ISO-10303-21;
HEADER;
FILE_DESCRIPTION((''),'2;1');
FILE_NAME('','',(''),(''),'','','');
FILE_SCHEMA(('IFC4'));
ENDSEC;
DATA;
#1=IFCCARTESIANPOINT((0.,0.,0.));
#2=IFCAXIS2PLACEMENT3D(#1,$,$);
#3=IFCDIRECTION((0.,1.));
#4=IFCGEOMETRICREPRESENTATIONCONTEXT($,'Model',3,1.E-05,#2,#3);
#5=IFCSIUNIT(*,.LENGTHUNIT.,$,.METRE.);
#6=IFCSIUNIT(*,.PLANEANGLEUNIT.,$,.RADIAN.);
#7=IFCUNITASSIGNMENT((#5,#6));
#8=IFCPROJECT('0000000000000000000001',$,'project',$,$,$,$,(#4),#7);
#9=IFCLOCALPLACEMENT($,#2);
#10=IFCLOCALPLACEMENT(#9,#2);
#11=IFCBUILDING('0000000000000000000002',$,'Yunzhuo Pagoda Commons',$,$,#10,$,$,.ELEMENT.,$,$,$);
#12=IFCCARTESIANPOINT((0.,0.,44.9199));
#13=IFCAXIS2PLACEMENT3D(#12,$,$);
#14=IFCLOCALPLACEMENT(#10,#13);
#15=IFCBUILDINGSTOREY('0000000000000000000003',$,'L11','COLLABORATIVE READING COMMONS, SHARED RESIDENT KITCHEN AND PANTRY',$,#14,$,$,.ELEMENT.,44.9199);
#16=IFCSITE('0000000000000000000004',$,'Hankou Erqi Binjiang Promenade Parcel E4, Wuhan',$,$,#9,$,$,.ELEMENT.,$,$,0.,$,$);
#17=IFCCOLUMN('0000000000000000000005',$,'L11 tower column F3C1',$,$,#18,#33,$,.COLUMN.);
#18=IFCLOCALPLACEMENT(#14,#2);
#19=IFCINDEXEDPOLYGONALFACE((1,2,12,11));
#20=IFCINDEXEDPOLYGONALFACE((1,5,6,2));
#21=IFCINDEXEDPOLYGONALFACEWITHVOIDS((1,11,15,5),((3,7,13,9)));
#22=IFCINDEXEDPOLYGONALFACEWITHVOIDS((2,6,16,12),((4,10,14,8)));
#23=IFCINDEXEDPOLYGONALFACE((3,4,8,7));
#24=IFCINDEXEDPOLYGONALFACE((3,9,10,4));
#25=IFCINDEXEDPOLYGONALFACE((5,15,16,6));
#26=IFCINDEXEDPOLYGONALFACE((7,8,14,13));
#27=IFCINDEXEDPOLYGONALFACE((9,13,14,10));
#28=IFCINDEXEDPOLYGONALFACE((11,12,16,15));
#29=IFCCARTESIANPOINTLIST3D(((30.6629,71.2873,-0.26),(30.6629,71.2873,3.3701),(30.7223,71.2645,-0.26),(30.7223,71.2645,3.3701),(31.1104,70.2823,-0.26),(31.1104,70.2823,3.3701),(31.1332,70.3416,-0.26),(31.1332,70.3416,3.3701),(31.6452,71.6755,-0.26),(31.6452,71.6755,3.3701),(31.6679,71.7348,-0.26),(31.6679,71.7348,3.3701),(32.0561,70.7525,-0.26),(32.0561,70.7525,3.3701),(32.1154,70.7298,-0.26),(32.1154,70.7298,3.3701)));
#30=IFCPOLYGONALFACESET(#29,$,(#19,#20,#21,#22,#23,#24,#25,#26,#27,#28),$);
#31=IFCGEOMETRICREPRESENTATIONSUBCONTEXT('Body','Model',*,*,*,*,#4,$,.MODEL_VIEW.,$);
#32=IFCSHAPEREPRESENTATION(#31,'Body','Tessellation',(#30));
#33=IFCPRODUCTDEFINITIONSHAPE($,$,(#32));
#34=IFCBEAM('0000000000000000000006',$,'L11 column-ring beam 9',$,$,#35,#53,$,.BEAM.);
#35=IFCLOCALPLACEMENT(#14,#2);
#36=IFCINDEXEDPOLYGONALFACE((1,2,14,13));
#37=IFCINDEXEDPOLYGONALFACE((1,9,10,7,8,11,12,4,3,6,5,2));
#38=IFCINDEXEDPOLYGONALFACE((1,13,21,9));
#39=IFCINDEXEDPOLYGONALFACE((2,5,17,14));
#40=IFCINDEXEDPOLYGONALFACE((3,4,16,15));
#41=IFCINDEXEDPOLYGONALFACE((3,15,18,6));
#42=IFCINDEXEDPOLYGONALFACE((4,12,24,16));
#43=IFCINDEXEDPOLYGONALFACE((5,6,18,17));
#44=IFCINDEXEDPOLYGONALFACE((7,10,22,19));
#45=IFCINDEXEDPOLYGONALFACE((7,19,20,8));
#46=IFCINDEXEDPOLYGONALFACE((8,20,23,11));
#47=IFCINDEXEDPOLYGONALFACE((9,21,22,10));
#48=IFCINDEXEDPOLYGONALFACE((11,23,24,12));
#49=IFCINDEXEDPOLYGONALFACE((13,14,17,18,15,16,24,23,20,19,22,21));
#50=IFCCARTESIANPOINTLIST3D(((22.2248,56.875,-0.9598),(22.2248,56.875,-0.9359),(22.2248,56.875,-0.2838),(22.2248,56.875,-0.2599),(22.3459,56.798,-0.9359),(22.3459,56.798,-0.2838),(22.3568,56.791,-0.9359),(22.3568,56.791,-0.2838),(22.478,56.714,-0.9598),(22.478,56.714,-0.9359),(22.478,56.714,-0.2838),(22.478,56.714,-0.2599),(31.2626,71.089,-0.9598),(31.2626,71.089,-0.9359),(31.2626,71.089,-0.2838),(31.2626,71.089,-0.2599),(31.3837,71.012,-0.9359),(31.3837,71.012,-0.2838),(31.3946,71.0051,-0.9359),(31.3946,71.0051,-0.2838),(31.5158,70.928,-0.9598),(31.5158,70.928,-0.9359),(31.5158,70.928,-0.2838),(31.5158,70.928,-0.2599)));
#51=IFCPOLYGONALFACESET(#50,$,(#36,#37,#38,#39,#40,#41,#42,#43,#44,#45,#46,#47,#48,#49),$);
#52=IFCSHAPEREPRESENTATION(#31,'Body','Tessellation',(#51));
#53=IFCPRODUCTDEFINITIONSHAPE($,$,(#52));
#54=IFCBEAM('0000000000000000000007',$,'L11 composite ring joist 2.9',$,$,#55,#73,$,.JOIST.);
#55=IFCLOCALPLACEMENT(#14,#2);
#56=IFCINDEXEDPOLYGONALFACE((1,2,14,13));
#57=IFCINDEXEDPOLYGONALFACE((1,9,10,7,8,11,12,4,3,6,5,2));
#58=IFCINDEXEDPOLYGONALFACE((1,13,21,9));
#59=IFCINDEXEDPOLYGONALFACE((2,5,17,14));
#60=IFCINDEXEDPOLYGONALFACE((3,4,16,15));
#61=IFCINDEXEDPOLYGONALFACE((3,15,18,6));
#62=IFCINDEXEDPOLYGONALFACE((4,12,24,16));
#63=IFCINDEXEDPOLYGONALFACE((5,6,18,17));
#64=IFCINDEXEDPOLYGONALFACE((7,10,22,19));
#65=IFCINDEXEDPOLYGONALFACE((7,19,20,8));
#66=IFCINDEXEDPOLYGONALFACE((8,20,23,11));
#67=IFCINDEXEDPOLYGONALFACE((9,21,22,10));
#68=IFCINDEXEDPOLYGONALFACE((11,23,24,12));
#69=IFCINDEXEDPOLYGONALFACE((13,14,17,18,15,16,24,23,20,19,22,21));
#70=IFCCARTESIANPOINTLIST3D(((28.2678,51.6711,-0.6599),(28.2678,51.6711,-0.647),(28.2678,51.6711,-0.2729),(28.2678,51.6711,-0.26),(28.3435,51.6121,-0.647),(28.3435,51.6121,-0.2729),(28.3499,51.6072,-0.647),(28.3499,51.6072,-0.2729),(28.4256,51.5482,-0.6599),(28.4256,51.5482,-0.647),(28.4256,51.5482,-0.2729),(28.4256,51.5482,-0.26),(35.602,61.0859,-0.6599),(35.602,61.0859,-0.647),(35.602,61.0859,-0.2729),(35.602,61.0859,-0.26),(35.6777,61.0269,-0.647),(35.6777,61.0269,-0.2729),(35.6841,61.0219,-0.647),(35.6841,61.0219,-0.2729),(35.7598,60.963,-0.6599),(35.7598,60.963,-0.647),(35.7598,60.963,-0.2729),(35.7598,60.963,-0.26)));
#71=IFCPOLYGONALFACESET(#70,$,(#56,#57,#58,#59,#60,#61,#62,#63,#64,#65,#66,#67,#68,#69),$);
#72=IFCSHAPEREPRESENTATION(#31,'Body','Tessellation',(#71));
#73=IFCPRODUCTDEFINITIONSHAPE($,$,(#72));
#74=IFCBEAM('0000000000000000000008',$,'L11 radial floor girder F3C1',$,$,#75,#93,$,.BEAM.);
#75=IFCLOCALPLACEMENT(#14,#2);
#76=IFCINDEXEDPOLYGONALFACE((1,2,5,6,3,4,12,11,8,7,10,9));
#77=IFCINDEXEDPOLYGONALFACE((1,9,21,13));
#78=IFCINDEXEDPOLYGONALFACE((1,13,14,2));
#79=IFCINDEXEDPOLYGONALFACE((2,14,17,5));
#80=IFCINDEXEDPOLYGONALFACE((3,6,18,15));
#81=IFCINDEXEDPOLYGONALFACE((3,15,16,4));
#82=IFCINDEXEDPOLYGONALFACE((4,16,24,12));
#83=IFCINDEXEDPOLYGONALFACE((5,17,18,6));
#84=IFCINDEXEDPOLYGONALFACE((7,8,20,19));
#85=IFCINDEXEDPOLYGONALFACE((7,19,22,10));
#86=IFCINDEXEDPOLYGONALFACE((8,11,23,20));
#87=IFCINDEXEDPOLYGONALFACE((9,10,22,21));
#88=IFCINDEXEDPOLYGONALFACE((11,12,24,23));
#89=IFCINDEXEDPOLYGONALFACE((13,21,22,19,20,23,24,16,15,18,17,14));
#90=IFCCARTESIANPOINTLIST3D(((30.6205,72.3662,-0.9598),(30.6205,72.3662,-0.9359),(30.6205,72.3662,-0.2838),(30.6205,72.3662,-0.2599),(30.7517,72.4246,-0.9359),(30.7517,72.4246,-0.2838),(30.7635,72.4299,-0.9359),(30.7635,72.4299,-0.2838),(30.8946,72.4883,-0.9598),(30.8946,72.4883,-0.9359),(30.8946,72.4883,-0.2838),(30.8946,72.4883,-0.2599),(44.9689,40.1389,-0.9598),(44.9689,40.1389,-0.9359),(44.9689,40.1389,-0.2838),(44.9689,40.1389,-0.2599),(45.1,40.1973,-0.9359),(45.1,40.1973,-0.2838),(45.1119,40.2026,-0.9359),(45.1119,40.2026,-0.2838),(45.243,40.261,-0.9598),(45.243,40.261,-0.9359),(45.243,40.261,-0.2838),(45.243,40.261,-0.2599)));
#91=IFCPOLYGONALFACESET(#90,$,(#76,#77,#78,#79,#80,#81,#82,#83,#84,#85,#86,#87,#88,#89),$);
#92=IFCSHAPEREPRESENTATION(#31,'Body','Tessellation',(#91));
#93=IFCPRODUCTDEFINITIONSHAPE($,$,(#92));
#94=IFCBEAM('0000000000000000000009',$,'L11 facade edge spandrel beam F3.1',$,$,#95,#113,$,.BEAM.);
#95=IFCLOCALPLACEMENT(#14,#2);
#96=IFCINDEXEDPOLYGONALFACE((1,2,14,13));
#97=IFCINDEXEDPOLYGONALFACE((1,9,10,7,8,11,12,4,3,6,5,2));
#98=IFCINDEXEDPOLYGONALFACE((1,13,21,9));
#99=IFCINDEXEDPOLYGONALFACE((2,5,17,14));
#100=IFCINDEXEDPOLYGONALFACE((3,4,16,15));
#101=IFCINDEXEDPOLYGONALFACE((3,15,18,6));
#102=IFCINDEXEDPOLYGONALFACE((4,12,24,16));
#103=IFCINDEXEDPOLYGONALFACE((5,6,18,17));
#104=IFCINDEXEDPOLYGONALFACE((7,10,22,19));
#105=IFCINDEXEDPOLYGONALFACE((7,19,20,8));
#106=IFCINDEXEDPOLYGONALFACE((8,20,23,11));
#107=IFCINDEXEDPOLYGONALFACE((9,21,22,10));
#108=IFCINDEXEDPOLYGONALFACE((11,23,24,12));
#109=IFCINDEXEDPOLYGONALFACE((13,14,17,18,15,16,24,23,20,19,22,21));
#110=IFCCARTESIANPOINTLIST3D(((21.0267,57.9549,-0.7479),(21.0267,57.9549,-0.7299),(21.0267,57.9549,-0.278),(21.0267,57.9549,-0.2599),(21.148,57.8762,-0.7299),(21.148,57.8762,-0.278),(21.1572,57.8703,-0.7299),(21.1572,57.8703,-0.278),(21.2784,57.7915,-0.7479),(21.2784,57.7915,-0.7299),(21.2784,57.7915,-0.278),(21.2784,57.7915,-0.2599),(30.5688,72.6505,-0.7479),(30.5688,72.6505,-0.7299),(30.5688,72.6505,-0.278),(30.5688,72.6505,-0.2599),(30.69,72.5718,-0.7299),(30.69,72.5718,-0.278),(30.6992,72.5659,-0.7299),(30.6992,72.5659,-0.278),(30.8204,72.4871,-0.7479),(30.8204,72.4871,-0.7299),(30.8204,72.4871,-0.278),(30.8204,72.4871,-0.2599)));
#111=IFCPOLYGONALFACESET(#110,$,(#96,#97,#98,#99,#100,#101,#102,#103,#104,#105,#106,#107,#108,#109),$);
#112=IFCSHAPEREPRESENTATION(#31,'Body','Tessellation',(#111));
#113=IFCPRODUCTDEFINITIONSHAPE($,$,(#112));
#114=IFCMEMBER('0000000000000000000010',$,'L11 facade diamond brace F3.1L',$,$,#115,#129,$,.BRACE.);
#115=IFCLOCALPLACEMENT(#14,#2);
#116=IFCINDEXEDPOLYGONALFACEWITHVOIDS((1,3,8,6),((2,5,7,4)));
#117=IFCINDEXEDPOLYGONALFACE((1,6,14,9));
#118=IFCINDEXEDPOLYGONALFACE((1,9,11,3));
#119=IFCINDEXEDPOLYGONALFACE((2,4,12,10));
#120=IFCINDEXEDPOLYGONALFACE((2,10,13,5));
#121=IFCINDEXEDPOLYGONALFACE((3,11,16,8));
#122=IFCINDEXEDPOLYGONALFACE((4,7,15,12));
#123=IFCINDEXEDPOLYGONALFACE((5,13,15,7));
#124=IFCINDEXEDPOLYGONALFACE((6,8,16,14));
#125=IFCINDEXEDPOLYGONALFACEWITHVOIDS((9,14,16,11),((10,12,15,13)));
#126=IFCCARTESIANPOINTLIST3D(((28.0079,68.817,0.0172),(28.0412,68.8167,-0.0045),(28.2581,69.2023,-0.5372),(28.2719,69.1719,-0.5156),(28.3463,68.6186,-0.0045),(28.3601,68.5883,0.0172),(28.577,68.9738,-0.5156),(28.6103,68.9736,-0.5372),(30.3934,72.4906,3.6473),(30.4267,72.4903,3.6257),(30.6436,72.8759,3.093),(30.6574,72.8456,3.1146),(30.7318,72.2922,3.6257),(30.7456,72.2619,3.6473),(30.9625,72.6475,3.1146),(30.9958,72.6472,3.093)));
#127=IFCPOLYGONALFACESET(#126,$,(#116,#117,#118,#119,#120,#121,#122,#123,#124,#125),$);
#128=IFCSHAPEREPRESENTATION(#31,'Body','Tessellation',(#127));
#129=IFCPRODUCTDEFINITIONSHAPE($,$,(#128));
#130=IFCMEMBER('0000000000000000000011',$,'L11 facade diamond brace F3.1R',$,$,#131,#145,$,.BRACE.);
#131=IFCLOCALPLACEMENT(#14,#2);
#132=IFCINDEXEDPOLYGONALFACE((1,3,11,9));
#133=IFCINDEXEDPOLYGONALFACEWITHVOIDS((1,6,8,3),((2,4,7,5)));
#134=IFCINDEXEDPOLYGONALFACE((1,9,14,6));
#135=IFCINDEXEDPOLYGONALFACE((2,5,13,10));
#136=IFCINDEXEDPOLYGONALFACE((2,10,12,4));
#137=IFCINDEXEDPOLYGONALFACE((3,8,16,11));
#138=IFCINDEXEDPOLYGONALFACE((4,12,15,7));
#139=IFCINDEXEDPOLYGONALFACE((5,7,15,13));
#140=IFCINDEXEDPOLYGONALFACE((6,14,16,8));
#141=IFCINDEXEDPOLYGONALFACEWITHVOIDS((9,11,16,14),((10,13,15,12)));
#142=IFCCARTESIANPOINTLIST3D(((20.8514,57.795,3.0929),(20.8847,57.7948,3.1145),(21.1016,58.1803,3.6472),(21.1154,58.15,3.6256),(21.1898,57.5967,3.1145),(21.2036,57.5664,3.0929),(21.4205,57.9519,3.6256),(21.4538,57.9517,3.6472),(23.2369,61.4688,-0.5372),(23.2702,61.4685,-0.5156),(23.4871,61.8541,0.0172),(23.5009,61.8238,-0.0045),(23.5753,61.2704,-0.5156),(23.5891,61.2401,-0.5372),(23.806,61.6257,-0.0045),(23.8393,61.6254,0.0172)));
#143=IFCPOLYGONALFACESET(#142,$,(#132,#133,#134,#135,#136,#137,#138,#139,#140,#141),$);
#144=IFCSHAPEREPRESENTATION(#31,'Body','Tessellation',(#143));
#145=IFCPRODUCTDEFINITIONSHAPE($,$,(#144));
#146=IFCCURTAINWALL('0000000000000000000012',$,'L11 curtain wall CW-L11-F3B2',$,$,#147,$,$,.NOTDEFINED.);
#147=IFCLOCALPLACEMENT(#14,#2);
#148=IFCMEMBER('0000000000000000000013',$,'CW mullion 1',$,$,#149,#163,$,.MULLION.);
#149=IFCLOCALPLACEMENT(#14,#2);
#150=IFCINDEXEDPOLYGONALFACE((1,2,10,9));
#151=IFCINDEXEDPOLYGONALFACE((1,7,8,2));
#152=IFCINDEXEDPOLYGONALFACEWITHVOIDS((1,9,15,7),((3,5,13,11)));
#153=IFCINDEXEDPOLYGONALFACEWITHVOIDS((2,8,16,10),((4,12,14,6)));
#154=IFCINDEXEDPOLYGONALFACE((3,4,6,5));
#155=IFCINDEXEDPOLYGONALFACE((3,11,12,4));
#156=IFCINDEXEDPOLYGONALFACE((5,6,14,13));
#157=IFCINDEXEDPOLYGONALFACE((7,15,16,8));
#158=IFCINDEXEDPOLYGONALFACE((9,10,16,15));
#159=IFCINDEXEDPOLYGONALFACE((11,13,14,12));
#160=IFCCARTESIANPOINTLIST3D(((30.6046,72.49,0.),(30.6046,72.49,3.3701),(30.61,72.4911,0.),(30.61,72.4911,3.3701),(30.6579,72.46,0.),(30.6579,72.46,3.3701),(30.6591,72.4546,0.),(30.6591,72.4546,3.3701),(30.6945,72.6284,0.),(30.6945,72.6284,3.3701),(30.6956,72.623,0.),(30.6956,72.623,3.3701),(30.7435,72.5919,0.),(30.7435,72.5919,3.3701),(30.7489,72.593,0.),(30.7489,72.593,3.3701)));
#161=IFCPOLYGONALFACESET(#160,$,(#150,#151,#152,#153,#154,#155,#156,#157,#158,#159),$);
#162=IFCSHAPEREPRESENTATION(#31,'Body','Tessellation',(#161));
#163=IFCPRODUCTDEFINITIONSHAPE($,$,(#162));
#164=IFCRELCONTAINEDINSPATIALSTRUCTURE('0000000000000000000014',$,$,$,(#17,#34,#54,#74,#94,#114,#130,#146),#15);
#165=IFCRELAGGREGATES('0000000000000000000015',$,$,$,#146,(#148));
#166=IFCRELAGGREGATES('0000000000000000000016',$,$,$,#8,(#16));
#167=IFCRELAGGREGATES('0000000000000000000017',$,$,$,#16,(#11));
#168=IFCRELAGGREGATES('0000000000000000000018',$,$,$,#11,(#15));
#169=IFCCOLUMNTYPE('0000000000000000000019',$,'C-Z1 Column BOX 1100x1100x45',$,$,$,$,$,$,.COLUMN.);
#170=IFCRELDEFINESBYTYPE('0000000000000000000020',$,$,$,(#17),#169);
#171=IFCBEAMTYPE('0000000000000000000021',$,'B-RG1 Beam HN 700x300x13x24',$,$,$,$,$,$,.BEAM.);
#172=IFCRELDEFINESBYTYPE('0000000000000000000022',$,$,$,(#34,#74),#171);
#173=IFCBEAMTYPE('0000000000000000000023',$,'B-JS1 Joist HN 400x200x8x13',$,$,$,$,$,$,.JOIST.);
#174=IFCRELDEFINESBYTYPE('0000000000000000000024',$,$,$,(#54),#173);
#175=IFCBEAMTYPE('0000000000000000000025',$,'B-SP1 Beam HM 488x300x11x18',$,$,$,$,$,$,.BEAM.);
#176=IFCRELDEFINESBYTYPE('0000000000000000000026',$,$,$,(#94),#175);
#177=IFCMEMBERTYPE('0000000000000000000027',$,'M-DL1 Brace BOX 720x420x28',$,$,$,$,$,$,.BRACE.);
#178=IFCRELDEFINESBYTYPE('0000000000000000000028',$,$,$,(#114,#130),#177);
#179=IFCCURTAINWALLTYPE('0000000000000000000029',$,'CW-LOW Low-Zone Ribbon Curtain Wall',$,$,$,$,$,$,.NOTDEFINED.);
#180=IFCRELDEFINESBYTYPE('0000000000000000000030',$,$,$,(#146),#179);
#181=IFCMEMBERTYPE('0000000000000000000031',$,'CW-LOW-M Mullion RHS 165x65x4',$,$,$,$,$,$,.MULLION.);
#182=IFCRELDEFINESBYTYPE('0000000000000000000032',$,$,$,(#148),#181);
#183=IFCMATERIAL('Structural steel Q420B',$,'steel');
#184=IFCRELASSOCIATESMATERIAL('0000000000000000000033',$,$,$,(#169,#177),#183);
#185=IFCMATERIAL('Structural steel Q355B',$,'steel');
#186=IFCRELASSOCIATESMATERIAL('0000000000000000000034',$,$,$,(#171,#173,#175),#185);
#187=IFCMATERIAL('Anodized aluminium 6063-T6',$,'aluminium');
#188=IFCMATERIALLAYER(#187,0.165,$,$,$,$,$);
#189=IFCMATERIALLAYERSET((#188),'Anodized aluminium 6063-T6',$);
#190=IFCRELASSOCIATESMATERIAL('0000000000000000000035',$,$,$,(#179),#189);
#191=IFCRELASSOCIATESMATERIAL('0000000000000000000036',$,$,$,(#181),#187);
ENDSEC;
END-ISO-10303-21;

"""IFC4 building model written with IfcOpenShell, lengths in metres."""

from ifc_helpers import new_model, si_unit, direction, frame, origin, origin_2d, place, context, subcontext, project, spatial, hollow_rectangle, i_section, extrude, source, transform, mapped, material, layer, layer_set, material_profile, profile_set, type_object, element, aggregate, save


model = new_model("IFC4")

# Units and contexts
model_context = context("Model", 3, precision=1e-05, world=origin(), true_north=direction((0.0, 1.0)))
body_context = subcontext(model_context, "Body", "Model", "MODEL_VIEW")
ifc_project = project(units=[si_unit("LENGTHUNIT", "METRE"), si_unit("PLANEANGLEUNIT", "RADIAN")], contexts=[model_context])

# Site, building, storey
site_placement = place(None, origin())
site = spatial("IfcSite", under=ifc_project, at=site_placement, Name="Hankou Erqi Binjiang Promenade Parcel E4, Wuhan", CompositionType="ELEMENT", RefElevation=0.0)
building_placement = place(site_placement, origin())
building = spatial("IfcBuilding", under=site, at=building_placement, Name="Yunzhuo Pagoda Commons", CompositionType="ELEMENT")
storey_placement = place(building_placement, frame((0.0, 0.0, 44.9199)))
storey = spatial("IfcBuildingStorey", under=building, at=storey_placement, Name="L11", Description="COLLABORATIVE READING COMMONS, SHARED RESIDENT KITCHEN AND PANTRY", CompositionType="ELEMENT", Elevation=44.9199)

# Column
ifc_material_1 = material(Name="Structural steel Q420B", Category="steel")
ifc_material_profile_1 = material_profile(ifc_material_1, hollow_rectangle(XDim=1.1001, YDim=1.1001, WallThickness=0.0449, at=origin_2d()), Name="Structural steel Q420B")
ifc_profile_set_1 = profile_set([ifc_material_profile_1], Name="Structural steel Q420B")
column_type = type_object("IfcColumnType", Name="C-Z1 Column BOX 1100x1100x45", PredefinedType="COLUMN", material=ifc_profile_set_1)
shared_shape_1 = source(origin(), body_context, "Body", "SweptSolid", [
    extrude(hollow_rectangle(XDim=1.1001, YDim=1.1001, WallThickness=0.0449, at=origin_2d()), origin(), (0.0, 0.0, 1.0), 3.6301),
])
column_placement = place(storey_placement, frame((31.3892, 71.0085, -0.26), z_axis=(0.0, 0.0, 1.0), x_axis=(-0.913545, -0.406737, 0.0)))
element("IfcColumn", 1, at=column_placement, inside=storey, type_object=column_type, Name="L11 tower column F3C1", PredefinedType="COLUMN", context=body_context, shape_type="MappedRepresentation", body=[
    mapped(shared_shape_1, transform((0.0, 0.0, 0.0), scale=1.0)),
])

# Beams
ifc_material_2 = material(Name="Structural steel Q355B", Category="steel")
ifc_material_profile_2 = material_profile(ifc_material_2, i_section(OverallWidth=0.3, OverallDepth=0.7, WebThickness=0.0129, FlangeThickness=0.0239, at=origin_2d()), Name="Structural steel Q355B")
ifc_profile_set_2 = profile_set([ifc_material_profile_2], Name="Structural steel Q355B")
beam_type_1 = type_object("IfcBeamType", Name="B-RG1 Beam HN 700x300x13x24", PredefinedType="BEAM", material=ifc_profile_set_2)
shared_shape_2 = source(origin(), body_context, "Body", "SweptSolid", [
    extrude(i_section(OverallWidth=0.3, OverallDepth=0.7, WebThickness=0.0129, FlangeThickness=0.0239, at=origin_2d()), origin(), (0.0, 0.0, 1.0), 16.844),
])
beam_1_placement = place(storey_placement, frame((31.3892, 71.0085, -0.6099), z_axis=(-0.536558, -0.843863, 0.0), x_axis=(0.843863, -0.536558, 0.0)))
element("IfcBeam", 2, at=beam_1_placement, inside=storey, type_object=beam_type_1, Name="L11 column-ring beam 9", PredefinedType="BEAM", context=body_context, shape_type="MappedRepresentation", body=[
    mapped(shared_shape_2, transform((0.0, 0.0, 0.0), scale=1.0)),
])
ifc_material_profile_3 = material_profile(ifc_material_2, i_section(OverallWidth=0.2, OverallDepth=0.3999, WebThickness=0.0081, FlangeThickness=0.0129, at=origin_2d()), Name="Structural steel Q355B")
ifc_profile_set_3 = profile_set([ifc_material_profile_3], Name="Structural steel Q355B")
beam_type_2 = type_object("IfcBeamType", Name="B-JS1 Joist HN 400x200x8x13", PredefinedType="JOIST", material=ifc_profile_set_3)
shared_shape_3 = source(origin(), body_context, "Body", "SweptSolid", [
    extrude(i_section(OverallWidth=0.2, OverallDepth=0.3999, WebThickness=0.0081, FlangeThickness=0.0129, at=origin_2d()), origin(), (0.0, 0.0, 1.0), 11.9343),
])
beam_2_placement = place(storey_placement, frame((35.6809, 61.0244, -0.46), z_axis=(-0.614547, -0.788881, 0.0), x_axis=(0.788881, -0.614547, 0.0)))
element("IfcBeam", 3, at=beam_2_placement, inside=storey, type_object=beam_type_2, Name="L11 composite ring joist 2.9", PredefinedType="JOIST", context=body_context, shape_type="MappedRepresentation", body=[
    mapped(shared_shape_3, transform((0.0, 0.0, 0.0), scale=1.0)),
])
shared_shape_4 = source(origin(), body_context, "Body", "SweptSolid", [
    extrude(i_section(OverallWidth=0.3, OverallDepth=0.7, WebThickness=0.0129, FlangeThickness=0.0239, at=origin_2d()), origin(), (0.0, 0.0, 1.0), 35.2771),
])
beam_3_placement = place(storey_placement, frame((30.7576, 72.4272, -0.6099), z_axis=(0.406734, -0.913547, 0.0), x_axis=(0.913547, 0.406734, 0.0)))
element("IfcBeam", 4, at=beam_3_placement, inside=storey, type_object=beam_type_1, Name="L11 radial floor girder F3C1", PredefinedType="BEAM", context=body_context, shape_type="MappedRepresentation", body=[
    mapped(shared_shape_4, transform((0.0, 0.0, 0.0), scale=1.0)),
])
ifc_material_profile_4 = material_profile(ifc_material_2, i_section(OverallWidth=0.3, OverallDepth=0.488, WebThickness=0.011, FlangeThickness=0.0181, at=origin_2d()), Name="Structural steel Q355B")
ifc_profile_set_4 = profile_set([ifc_material_profile_4], Name="Structural steel Q355B")
beam_type_3 = type_object("IfcBeamType", Name="B-SP1 Beam HM 488x300x11x18", PredefinedType="BEAM", material=ifc_profile_set_4)
shared_shape_5 = source(origin(), body_context, "Body", "SweptSolid", [
    extrude(i_section(OverallWidth=0.3, OverallDepth=0.488, WebThickness=0.011, FlangeThickness=0.0181, at=origin_2d()), origin(), (0.0, 0.0, 1.0), 17.5217),
])
beam_4_placement = place(storey_placement, frame((30.6946, 72.5688, -0.5039), z_axis=(-0.544582, -0.838707, 0.0), x_axis=(0.838707, -0.544582, 0.0)))
element("IfcBeam", 5, at=beam_4_placement, inside=storey, type_object=beam_type_3, Name="L11 facade edge spandrel beam F3.1", PredefinedType="BEAM", context=body_context, shape_type="MappedRepresentation", body=[
    mapped(shared_shape_5, transform((0.0, 0.0, 0.0), scale=1.0)),
])

# Members
ifc_material_profile_5 = material_profile(ifc_material_1, hollow_rectangle(XDim=0.4199, YDim=0.72, WallThickness=0.0281, at=origin_2d()), Name="Structural steel Q420B")
ifc_profile_set_5 = profile_set([ifc_material_profile_5], Name="Structural steel Q420B")
member_type_1 = type_object("IfcMemberType", Name="M-DL1 Brace BOX 720x420x28", PredefinedType="BRACE", material=ifc_profile_set_5)
shared_shape_6 = source(origin(), body_context, "Body", "SweptSolid", [
    extrude(hollow_rectangle(XDim=0.4199, YDim=0.72, WallThickness=0.0281, at=origin_2d()), origin(), (0.0, 0.0, 1.0), 5.689),
])
for number, where, z_axis, x_axis, name in (
    (6, (28.3091, 68.8953, -0.26), (0.419325, 0.645745, 0.638106), (-0.838687, 0.544614, 0.0), "L11 facade diamond brace F3.1L"),
    (7, (23.5381, 61.5471, -0.26), (-0.419313, -0.64577, 0.638089), (0.838703, -0.544589, 0.0), "L11 facade diamond brace F3.1R"),
):
    element("IfcMember", number, at=place(storey_placement, frame(where, z_axis=z_axis, x_axis=x_axis)), inside=storey, type_object=member_type_1, Name=name, PredefinedType="BRACE", context=body_context, shape_type="MappedRepresentation", body=[
        mapped(shared_shape_6, transform((0.0, 0.0, 0.0), scale=1.0)),
    ])

# Curtain wall, member
ifc_material_3 = material(Name="Anodized aluminium 6063-T6", Category="aluminium")
ifc_layer_1 = layer(ifc_material_3, 0.165)
ifc_layer_set_1 = layer_set([ifc_layer_1], Name="Anodized aluminium 6063-T6")
curtain_wall_type = type_object("IfcCurtainWallType", Name="CW-LOW Low-Zone Ribbon Curtain Wall", PredefinedType="NOTDEFINED", material=ifc_layer_set_1)
curtain_wall_1_placement = place(storey_placement, origin())
curtain_wall_1 = element("IfcCurtainWall", 8, at=curtain_wall_1_placement, inside=storey, type_object=curtain_wall_type, Name="L11 curtain wall CW-L11-F3B2", PredefinedType="NOTDEFINED")
ifc_material_profile_6 = material_profile(ifc_material_3, hollow_rectangle(XDim=0.0649, YDim=0.165, WallThickness=0.0039, at=origin_2d()), Name="Anodized aluminium 6063-T6")
ifc_profile_set_6 = profile_set([ifc_material_profile_6], Name="Anodized aluminium 6063-T6")
member_type_2 = type_object("IfcMemberType", Name="CW-LOW-M Mullion RHS 165x65x4", PredefinedType="MULLION", material=ifc_profile_set_6)
shared_shape_7 = source(origin(), body_context, "Body", "SweptSolid", [
    extrude(hollow_rectangle(XDim=0.0649, YDim=0.165, WallThickness=0.0039, at=origin_2d()), origin(), (0.0, 0.0, 1.0), 3.3701),
])
member_1_placement = place(storey_placement, frame((30.6768, 72.5415, 0.0), z_axis=(0.0, 0.0, 1.0), x_axis=(0.83871, -0.544579, 0.0)))
member_1 = element("IfcMember", 9, at=member_1_placement, type_object=member_type_2, Name="CW mullion 1", PredefinedType="MULLION", context=body_context, shape_type="MappedRepresentation", body=[
    mapped(shared_shape_7, transform((0.0, 0.0, 0.0), scale=1.0)),
])

aggregate(curtain_wall_1, [member_1])

save(model, "model.ifc")
